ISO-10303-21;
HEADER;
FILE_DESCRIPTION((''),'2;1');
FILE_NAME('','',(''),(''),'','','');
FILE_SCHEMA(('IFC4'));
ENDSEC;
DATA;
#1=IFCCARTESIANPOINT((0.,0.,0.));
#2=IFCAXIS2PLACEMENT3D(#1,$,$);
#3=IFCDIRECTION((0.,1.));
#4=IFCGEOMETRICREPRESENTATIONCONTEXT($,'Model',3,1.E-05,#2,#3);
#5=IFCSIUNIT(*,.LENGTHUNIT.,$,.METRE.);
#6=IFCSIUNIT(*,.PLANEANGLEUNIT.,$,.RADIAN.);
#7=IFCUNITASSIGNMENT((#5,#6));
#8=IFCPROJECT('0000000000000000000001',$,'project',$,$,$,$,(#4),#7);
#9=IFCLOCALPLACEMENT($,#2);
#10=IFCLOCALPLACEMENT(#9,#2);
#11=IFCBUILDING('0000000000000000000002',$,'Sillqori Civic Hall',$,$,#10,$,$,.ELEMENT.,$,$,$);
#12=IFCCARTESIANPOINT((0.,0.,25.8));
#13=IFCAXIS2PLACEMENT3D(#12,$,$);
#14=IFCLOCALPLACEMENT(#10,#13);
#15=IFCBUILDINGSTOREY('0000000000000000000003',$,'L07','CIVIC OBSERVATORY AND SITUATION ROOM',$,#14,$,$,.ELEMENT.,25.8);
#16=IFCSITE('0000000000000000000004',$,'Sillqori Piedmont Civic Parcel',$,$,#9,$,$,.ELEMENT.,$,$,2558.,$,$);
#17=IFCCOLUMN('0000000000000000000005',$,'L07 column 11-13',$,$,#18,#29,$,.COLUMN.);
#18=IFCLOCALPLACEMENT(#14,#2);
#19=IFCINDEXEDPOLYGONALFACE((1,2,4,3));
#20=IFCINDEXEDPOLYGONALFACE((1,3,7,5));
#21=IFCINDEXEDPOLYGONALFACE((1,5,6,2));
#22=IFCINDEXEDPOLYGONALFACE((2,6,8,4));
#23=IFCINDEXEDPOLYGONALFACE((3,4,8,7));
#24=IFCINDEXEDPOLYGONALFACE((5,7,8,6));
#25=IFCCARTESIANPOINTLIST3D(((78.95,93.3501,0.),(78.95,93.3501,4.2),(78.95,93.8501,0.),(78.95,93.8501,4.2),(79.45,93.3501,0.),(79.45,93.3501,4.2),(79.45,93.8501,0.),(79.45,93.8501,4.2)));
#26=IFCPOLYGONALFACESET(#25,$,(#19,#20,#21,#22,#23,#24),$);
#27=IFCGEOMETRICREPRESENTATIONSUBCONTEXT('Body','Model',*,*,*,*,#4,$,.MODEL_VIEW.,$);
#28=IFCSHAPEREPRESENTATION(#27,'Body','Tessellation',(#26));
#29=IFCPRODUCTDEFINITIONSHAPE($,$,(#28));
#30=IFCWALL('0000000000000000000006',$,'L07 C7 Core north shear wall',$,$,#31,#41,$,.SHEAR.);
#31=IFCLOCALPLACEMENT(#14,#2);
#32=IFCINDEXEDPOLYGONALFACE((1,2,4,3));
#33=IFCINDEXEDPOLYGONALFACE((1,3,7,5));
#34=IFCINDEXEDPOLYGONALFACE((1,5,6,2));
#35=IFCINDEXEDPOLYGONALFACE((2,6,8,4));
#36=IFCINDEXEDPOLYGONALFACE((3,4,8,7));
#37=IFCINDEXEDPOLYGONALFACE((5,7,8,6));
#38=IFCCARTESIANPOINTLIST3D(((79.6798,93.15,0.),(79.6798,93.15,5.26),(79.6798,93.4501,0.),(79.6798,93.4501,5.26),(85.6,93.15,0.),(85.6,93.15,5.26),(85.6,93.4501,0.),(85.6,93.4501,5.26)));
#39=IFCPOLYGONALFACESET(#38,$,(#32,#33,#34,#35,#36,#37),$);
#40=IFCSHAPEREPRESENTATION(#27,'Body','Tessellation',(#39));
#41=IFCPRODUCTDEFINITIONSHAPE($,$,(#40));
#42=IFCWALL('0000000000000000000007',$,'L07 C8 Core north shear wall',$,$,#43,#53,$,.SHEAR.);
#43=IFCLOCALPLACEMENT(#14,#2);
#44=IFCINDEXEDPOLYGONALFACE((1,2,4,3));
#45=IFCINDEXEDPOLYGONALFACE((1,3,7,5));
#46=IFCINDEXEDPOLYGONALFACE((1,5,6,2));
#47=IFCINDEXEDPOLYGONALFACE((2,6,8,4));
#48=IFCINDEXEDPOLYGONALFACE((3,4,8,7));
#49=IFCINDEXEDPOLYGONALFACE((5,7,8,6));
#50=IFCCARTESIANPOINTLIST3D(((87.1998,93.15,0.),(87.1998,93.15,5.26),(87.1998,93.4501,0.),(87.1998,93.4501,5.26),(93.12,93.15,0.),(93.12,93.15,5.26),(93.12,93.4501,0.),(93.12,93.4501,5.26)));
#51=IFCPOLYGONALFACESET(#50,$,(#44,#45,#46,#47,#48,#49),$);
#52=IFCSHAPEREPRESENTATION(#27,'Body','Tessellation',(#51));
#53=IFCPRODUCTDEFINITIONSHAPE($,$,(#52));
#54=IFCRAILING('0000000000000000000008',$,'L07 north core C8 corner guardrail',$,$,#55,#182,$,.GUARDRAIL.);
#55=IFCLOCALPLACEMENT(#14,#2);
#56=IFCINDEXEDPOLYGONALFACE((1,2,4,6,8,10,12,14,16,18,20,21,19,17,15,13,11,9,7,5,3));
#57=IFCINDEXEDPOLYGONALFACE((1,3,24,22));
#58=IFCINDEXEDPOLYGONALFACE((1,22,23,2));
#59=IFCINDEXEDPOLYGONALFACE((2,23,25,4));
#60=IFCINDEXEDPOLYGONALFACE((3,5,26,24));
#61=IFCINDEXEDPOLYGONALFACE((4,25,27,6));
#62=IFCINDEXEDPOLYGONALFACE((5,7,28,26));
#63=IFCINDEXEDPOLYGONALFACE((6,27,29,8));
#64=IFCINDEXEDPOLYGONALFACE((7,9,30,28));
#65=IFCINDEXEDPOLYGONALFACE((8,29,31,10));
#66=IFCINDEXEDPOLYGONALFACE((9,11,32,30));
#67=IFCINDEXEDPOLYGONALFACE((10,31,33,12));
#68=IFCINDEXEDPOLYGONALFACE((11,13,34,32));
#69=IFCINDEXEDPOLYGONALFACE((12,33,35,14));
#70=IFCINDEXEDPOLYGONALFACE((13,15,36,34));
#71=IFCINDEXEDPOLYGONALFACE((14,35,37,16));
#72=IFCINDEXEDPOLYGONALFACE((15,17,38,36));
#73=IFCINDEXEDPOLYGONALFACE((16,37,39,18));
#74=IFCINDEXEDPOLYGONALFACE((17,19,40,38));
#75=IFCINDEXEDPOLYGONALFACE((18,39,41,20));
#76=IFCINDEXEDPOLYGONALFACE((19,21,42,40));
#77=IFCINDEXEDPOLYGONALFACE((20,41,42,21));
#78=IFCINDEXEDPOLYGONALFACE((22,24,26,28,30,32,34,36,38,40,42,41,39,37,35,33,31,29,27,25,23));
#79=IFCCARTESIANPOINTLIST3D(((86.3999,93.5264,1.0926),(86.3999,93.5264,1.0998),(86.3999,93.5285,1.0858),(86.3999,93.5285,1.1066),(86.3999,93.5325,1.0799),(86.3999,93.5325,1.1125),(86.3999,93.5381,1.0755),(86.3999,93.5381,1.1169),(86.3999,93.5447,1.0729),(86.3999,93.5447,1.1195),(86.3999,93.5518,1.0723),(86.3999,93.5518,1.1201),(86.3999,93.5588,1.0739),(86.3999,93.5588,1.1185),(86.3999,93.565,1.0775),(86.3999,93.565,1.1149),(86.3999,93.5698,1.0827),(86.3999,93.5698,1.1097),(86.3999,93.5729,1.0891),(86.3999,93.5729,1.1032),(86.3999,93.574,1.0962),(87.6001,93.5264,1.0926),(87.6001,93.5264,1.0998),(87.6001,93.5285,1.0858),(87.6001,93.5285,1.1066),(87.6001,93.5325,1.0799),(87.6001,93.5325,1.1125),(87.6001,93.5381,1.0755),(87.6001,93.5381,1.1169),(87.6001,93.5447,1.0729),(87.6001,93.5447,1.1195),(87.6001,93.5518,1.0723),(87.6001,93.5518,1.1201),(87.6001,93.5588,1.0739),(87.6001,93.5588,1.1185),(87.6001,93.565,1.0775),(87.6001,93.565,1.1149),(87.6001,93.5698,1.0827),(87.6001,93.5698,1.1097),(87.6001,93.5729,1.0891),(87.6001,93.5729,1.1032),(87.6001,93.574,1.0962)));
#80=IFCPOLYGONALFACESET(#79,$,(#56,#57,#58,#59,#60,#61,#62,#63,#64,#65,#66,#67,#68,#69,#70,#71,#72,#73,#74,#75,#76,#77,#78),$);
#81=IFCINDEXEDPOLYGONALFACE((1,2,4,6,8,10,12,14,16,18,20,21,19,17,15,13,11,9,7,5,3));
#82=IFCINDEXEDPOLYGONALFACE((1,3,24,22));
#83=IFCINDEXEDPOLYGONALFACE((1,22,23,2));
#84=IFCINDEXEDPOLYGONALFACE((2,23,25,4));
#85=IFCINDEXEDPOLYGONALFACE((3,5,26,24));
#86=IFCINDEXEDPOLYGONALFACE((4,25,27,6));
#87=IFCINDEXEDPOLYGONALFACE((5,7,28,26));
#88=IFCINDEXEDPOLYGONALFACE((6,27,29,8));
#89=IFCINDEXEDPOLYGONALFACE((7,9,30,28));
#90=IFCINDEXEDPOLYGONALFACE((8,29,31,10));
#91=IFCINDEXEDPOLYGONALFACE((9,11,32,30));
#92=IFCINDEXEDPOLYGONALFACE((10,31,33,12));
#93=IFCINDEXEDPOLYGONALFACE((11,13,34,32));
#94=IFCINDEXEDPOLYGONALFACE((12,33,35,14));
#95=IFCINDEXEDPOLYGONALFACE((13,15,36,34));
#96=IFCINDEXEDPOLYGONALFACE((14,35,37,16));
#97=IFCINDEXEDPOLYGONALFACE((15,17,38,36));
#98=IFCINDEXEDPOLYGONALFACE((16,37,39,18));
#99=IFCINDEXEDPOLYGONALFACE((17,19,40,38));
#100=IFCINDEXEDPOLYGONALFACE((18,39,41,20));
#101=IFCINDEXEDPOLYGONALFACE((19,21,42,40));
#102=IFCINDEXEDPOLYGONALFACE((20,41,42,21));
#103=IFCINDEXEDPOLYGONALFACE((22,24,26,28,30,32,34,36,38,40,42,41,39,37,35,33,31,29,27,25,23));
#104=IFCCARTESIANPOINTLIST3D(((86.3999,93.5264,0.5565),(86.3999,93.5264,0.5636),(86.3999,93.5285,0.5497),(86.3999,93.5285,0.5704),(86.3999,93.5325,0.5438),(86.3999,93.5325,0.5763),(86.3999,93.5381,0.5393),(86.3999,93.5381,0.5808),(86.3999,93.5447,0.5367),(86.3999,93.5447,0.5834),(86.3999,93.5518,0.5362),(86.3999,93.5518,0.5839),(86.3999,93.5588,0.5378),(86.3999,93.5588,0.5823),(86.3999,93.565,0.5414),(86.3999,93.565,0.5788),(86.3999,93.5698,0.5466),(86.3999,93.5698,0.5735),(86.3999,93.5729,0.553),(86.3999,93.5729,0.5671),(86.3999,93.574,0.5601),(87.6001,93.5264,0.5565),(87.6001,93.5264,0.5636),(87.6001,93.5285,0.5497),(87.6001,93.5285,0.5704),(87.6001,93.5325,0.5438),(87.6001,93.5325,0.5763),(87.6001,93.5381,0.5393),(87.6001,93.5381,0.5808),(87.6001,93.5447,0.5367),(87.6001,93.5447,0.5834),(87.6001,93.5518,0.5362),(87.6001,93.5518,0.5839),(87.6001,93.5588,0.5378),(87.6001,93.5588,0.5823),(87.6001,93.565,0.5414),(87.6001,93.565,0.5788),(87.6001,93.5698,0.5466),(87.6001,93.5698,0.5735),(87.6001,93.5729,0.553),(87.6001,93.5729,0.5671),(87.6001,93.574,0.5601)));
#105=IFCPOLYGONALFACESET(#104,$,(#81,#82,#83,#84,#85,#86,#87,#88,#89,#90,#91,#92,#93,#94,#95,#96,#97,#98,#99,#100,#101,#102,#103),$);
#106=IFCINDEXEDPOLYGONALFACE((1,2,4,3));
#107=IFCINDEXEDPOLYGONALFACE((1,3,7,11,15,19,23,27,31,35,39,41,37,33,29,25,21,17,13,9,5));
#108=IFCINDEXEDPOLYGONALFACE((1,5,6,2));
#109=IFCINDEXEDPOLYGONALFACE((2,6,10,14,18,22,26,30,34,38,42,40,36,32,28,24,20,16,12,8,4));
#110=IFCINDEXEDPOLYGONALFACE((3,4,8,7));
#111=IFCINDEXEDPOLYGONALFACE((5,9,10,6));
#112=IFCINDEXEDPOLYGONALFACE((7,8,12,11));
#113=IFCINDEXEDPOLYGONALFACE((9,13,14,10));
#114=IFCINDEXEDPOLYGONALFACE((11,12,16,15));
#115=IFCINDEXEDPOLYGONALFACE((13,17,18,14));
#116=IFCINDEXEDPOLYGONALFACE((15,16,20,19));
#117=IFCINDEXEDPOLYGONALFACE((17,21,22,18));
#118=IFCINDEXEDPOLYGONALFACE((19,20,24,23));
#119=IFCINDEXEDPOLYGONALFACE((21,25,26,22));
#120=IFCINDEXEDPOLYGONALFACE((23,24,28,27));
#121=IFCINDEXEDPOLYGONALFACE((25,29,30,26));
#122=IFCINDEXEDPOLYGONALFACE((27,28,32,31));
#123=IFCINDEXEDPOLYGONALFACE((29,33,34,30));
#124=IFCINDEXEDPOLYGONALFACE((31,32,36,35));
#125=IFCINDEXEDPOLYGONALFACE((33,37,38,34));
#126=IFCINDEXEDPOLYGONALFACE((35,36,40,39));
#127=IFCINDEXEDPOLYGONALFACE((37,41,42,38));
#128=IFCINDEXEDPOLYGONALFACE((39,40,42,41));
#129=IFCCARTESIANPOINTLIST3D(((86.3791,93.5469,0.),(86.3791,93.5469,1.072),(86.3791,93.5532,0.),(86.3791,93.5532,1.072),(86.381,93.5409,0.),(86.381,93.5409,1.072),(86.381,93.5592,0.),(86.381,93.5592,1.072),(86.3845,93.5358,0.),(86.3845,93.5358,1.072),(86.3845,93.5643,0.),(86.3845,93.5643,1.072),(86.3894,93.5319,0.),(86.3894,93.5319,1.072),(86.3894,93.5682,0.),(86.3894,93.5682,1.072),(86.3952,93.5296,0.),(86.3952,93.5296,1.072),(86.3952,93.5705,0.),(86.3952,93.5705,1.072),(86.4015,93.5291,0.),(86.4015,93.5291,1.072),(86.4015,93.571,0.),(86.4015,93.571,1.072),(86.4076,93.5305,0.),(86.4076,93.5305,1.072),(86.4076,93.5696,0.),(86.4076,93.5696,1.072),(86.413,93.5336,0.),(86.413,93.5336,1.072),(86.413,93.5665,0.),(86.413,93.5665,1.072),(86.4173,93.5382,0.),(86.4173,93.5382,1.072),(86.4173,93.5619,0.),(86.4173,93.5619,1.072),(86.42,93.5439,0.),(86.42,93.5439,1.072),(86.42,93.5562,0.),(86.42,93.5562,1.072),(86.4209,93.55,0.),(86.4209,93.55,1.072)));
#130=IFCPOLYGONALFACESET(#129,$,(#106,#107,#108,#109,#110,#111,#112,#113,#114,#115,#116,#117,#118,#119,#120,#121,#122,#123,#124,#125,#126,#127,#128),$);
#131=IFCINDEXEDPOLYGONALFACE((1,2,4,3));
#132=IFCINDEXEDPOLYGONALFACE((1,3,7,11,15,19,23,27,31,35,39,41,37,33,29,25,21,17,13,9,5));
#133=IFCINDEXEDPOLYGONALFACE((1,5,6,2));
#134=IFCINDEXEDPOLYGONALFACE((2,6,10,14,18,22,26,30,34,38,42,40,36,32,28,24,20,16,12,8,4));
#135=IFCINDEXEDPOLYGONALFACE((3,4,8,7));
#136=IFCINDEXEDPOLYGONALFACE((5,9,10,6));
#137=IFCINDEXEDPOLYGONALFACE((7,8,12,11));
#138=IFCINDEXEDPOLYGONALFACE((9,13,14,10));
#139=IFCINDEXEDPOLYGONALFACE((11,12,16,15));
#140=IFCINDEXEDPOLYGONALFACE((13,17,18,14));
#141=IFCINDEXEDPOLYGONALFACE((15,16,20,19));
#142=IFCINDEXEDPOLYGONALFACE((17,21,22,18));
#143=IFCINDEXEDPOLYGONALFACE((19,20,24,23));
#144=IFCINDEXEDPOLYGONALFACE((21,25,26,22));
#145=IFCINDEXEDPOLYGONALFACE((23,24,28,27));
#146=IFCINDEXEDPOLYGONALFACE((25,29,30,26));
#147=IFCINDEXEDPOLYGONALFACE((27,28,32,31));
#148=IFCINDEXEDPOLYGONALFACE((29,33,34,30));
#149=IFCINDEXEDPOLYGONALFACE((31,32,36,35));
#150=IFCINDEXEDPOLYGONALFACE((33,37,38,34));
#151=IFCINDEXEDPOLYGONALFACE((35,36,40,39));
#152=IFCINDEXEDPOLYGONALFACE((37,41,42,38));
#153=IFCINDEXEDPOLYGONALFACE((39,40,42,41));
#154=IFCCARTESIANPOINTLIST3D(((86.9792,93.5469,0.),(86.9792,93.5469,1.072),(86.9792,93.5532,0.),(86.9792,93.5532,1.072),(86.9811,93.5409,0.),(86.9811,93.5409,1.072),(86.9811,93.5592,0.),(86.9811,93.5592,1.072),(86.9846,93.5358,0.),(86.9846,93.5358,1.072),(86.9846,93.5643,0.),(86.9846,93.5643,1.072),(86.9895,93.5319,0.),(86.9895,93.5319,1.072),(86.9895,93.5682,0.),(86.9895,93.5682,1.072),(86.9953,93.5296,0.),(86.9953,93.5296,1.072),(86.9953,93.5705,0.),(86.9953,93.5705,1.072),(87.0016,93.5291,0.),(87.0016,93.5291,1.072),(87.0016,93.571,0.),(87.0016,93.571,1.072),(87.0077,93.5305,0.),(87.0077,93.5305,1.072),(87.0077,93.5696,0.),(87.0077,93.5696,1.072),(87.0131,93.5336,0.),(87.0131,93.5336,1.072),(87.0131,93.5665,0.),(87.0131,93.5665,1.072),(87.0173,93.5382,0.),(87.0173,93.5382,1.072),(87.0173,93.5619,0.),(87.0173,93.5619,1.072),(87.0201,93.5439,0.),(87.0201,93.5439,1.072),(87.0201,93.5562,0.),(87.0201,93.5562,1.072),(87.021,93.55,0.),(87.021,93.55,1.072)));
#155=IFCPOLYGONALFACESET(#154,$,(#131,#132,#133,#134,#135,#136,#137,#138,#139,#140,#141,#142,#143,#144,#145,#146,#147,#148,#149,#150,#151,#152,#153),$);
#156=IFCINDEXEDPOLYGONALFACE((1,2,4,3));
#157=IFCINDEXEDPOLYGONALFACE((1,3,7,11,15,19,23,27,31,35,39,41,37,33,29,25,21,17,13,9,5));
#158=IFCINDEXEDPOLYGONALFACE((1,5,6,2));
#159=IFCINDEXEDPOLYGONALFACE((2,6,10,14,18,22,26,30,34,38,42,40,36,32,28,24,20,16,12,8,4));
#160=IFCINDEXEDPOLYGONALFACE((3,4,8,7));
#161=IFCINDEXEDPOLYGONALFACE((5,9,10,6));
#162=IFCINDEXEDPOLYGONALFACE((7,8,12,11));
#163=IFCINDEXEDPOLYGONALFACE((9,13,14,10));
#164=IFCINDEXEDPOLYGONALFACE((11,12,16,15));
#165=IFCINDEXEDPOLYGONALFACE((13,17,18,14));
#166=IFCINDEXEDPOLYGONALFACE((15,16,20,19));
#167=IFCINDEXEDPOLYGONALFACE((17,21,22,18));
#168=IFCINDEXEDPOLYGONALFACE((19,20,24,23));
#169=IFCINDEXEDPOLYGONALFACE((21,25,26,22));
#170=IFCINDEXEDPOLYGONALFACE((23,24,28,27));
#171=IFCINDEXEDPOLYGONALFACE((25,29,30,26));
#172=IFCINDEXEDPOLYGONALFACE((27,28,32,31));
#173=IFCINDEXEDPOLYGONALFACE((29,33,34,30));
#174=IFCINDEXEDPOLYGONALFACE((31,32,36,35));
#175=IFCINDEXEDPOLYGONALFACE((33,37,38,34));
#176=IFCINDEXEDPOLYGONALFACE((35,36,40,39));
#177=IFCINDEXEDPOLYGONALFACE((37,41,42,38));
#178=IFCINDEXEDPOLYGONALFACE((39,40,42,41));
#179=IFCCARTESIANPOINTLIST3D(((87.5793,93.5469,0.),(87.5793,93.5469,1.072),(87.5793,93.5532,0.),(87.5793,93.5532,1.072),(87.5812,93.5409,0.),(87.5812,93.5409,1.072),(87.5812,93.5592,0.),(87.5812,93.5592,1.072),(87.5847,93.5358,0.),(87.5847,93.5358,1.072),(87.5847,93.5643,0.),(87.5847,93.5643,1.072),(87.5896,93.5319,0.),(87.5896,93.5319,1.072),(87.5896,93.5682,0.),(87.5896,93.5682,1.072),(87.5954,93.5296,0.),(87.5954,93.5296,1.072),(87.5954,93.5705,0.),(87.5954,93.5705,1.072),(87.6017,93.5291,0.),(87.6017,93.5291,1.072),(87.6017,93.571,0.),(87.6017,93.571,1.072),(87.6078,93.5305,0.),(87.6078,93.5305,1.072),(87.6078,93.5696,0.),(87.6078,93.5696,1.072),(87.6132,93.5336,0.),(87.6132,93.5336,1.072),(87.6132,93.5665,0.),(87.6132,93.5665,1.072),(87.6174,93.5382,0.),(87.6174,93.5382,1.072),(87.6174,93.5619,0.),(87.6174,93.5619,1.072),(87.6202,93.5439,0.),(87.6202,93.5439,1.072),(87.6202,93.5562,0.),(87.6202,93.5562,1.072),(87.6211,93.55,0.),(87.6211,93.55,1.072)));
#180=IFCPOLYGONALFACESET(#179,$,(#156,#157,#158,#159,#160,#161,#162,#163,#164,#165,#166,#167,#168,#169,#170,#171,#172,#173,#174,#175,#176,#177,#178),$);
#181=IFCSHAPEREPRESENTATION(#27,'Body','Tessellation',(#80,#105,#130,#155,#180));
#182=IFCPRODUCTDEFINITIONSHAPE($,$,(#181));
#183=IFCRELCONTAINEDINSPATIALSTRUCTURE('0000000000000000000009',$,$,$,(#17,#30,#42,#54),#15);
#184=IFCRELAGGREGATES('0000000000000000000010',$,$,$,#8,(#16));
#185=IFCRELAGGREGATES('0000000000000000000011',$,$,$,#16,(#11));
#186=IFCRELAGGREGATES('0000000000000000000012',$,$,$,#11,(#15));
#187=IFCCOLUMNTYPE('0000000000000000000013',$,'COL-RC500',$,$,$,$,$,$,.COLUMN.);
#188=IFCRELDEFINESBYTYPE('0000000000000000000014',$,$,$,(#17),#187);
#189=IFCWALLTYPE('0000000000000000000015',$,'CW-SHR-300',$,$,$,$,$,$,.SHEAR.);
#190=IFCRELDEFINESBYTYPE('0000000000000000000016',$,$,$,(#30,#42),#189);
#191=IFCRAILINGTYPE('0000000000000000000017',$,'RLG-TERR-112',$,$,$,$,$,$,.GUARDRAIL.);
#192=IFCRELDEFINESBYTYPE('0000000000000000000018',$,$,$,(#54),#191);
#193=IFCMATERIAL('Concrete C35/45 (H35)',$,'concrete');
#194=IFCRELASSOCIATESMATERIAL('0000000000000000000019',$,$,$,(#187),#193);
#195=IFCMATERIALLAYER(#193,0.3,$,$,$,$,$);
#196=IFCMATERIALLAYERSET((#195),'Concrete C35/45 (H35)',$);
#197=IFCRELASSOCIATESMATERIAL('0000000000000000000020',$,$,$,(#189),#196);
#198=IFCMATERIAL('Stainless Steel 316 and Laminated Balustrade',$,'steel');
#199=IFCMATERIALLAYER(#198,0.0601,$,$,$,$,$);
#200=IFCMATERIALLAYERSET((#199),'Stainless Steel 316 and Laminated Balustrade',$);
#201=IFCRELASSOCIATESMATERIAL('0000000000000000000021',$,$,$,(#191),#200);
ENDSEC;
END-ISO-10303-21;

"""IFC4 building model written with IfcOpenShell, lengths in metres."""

from ifc_helpers import new_model, si_unit, direction, frame, frame_2d, origin, origin_2d, place, context, subcontext, project, spatial, rectangle, circle, extrude, material, layer, layer_set, material_profile, profile_set, type_object, element, save


model = new_model("IFC4")

# Units and contexts
model_context = context("Model", 3, precision=1e-05, world=origin(), true_north=direction((0.0, 1.0)))
body_context = subcontext(model_context, "Body", "Model", "MODEL_VIEW")
ifc_project = project(units=[si_unit("LENGTHUNIT", "METRE"), si_unit("PLANEANGLEUNIT", "RADIAN")], contexts=[model_context])

# Site, building, storey
site_placement = place(None, origin())
site = spatial("IfcSite", under=ifc_project, at=site_placement, Name="Sillqori Piedmont Civic Parcel", CompositionType="ELEMENT", RefElevation=2558.0)
building_placement = place(site_placement, origin())
building = spatial("IfcBuilding", under=site, at=building_placement, Name="Sillqori Civic Hall", CompositionType="ELEMENT")
storey_placement = place(building_placement, frame((0.0, 0.0, 25.8)))
storey = spatial("IfcBuildingStorey", under=building, at=storey_placement, Name="L07", Description="CIVIC OBSERVATORY AND SITUATION ROOM", CompositionType="ELEMENT", Elevation=25.8)

# Column
ifc_material_1 = material(Name="Concrete C35/45 (H35)", Category="concrete")
ifc_material_profile_1 = material_profile(ifc_material_1, rectangle(XDim=0.5, YDim=0.5, at=origin_2d()), Name="RC 500x500")
ifc_profile_set_1 = profile_set([ifc_material_profile_1], Name="Concrete C35/45 (H35)")
column_type = type_object("IfcColumnType", Name="COL-RC500", PredefinedType="COLUMN", material=ifc_profile_set_1)
column_placement = place(storey_placement, frame((79.2, 93.6001, 0.0), z_axis=(0.0, 0.0, 1.0), x_axis=(1.0, 0.0, 0.0)))
element("IfcColumn", 1, at=column_placement, inside=storey, type_object=column_type, Name="L07 column 11-13", PredefinedType="COLUMN", context=body_context, shape_type="SweptSolid", body=[
    extrude(rectangle(XDim=0.5, YDim=0.5, at=origin_2d()), origin(), (0.0, 0.0, 1.0), 4.2),
])

# Walls
ifc_layer_1 = layer(ifc_material_1, 0.3)
ifc_layer_set_1 = layer_set([ifc_layer_1], Name="Concrete C35/45 (H35)")
wall_type_1 = type_object("IfcWallType", Name="CW-SHR-300", PredefinedType="SHEAR", material=ifc_layer_set_1)
for number, where, z_axis, x_axis, name in (
    (2, (79.6799, 93.3, 0.0), (0.0, 0.0, 1.0), (1.0, 0.0, 0.0), "L07 C7 Core north shear wall"),
    (3, (87.2, 93.3, 0.0), (0.0, 0.0, 1.0), (1.0, 0.0, 0.0), "L07 C8 Core north shear wall"),
):
    element("IfcWall", number, at=place(storey_placement, frame(where, z_axis=z_axis, x_axis=x_axis)), inside=storey, type_object=wall_type_1, Name=name, PredefinedType="SHEAR", context=body_context, shape_type="SweptSolid", body=[
        extrude(rectangle(XDim=5.9202, YDim=0.3, at=frame_2d((2.96, 0.0))), origin(), (0.0, 0.0, 1.0), 5.26),
    ])

# Railing
ifc_material_2 = material(Name="Stainless Steel 316 and Laminated Balustrade", Category="steel")
ifc_layer_2 = layer(ifc_material_2, 0.0601)
ifc_layer_set_2 = layer_set([ifc_layer_2], Name="Stainless Steel 316 and Laminated Balustrade")
railing_type = type_object("IfcRailingType", Name="RLG-TERR-112", PredefinedType="GUARDRAIL", material=ifc_layer_set_2)
railing_placement = place(storey_placement, frame((86.3999, 93.55, 0.0)))
element("IfcRailing", 4, at=railing_placement, inside=storey, type_object=railing_type, Name="L07 north core C8 corner guardrail", PredefinedType="GUARDRAIL", context=body_context, shape_type="SweptSolid", body=[
    extrude(circle(Radius=0.0239, at=origin_2d()), frame((0.0, 0.0, 1.0962), z_axis=(1.0, 0.0, 0.0), x_axis=(0.0, 1.0, 0.0)), (0.0, 0.0, 1.0), 1.2002),
    extrude(circle(Radius=0.0239, at=origin_2d()), frame((0.0, 0.0, 0.5601), z_axis=(1.0, 0.0, 0.0), x_axis=(0.0, 1.0, 0.0)), (0.0, 0.0, 1.0), 1.2002),
    extrude(circle(Radius=0.021, at=origin_2d()), origin(), (0.0, 0.0, 1.0), 1.072),
    extrude(circle(Radius=0.021, at=origin_2d()), frame((0.6001, 0.0, 0.0)), (0.0, 0.0, 1.0), 1.072),
    extrude(circle(Radius=0.021, at=origin_2d()), frame((1.2002, 0.0, 0.0)), (0.0, 0.0, 1.0), 1.072),
])

save(model, "model.ifc")
